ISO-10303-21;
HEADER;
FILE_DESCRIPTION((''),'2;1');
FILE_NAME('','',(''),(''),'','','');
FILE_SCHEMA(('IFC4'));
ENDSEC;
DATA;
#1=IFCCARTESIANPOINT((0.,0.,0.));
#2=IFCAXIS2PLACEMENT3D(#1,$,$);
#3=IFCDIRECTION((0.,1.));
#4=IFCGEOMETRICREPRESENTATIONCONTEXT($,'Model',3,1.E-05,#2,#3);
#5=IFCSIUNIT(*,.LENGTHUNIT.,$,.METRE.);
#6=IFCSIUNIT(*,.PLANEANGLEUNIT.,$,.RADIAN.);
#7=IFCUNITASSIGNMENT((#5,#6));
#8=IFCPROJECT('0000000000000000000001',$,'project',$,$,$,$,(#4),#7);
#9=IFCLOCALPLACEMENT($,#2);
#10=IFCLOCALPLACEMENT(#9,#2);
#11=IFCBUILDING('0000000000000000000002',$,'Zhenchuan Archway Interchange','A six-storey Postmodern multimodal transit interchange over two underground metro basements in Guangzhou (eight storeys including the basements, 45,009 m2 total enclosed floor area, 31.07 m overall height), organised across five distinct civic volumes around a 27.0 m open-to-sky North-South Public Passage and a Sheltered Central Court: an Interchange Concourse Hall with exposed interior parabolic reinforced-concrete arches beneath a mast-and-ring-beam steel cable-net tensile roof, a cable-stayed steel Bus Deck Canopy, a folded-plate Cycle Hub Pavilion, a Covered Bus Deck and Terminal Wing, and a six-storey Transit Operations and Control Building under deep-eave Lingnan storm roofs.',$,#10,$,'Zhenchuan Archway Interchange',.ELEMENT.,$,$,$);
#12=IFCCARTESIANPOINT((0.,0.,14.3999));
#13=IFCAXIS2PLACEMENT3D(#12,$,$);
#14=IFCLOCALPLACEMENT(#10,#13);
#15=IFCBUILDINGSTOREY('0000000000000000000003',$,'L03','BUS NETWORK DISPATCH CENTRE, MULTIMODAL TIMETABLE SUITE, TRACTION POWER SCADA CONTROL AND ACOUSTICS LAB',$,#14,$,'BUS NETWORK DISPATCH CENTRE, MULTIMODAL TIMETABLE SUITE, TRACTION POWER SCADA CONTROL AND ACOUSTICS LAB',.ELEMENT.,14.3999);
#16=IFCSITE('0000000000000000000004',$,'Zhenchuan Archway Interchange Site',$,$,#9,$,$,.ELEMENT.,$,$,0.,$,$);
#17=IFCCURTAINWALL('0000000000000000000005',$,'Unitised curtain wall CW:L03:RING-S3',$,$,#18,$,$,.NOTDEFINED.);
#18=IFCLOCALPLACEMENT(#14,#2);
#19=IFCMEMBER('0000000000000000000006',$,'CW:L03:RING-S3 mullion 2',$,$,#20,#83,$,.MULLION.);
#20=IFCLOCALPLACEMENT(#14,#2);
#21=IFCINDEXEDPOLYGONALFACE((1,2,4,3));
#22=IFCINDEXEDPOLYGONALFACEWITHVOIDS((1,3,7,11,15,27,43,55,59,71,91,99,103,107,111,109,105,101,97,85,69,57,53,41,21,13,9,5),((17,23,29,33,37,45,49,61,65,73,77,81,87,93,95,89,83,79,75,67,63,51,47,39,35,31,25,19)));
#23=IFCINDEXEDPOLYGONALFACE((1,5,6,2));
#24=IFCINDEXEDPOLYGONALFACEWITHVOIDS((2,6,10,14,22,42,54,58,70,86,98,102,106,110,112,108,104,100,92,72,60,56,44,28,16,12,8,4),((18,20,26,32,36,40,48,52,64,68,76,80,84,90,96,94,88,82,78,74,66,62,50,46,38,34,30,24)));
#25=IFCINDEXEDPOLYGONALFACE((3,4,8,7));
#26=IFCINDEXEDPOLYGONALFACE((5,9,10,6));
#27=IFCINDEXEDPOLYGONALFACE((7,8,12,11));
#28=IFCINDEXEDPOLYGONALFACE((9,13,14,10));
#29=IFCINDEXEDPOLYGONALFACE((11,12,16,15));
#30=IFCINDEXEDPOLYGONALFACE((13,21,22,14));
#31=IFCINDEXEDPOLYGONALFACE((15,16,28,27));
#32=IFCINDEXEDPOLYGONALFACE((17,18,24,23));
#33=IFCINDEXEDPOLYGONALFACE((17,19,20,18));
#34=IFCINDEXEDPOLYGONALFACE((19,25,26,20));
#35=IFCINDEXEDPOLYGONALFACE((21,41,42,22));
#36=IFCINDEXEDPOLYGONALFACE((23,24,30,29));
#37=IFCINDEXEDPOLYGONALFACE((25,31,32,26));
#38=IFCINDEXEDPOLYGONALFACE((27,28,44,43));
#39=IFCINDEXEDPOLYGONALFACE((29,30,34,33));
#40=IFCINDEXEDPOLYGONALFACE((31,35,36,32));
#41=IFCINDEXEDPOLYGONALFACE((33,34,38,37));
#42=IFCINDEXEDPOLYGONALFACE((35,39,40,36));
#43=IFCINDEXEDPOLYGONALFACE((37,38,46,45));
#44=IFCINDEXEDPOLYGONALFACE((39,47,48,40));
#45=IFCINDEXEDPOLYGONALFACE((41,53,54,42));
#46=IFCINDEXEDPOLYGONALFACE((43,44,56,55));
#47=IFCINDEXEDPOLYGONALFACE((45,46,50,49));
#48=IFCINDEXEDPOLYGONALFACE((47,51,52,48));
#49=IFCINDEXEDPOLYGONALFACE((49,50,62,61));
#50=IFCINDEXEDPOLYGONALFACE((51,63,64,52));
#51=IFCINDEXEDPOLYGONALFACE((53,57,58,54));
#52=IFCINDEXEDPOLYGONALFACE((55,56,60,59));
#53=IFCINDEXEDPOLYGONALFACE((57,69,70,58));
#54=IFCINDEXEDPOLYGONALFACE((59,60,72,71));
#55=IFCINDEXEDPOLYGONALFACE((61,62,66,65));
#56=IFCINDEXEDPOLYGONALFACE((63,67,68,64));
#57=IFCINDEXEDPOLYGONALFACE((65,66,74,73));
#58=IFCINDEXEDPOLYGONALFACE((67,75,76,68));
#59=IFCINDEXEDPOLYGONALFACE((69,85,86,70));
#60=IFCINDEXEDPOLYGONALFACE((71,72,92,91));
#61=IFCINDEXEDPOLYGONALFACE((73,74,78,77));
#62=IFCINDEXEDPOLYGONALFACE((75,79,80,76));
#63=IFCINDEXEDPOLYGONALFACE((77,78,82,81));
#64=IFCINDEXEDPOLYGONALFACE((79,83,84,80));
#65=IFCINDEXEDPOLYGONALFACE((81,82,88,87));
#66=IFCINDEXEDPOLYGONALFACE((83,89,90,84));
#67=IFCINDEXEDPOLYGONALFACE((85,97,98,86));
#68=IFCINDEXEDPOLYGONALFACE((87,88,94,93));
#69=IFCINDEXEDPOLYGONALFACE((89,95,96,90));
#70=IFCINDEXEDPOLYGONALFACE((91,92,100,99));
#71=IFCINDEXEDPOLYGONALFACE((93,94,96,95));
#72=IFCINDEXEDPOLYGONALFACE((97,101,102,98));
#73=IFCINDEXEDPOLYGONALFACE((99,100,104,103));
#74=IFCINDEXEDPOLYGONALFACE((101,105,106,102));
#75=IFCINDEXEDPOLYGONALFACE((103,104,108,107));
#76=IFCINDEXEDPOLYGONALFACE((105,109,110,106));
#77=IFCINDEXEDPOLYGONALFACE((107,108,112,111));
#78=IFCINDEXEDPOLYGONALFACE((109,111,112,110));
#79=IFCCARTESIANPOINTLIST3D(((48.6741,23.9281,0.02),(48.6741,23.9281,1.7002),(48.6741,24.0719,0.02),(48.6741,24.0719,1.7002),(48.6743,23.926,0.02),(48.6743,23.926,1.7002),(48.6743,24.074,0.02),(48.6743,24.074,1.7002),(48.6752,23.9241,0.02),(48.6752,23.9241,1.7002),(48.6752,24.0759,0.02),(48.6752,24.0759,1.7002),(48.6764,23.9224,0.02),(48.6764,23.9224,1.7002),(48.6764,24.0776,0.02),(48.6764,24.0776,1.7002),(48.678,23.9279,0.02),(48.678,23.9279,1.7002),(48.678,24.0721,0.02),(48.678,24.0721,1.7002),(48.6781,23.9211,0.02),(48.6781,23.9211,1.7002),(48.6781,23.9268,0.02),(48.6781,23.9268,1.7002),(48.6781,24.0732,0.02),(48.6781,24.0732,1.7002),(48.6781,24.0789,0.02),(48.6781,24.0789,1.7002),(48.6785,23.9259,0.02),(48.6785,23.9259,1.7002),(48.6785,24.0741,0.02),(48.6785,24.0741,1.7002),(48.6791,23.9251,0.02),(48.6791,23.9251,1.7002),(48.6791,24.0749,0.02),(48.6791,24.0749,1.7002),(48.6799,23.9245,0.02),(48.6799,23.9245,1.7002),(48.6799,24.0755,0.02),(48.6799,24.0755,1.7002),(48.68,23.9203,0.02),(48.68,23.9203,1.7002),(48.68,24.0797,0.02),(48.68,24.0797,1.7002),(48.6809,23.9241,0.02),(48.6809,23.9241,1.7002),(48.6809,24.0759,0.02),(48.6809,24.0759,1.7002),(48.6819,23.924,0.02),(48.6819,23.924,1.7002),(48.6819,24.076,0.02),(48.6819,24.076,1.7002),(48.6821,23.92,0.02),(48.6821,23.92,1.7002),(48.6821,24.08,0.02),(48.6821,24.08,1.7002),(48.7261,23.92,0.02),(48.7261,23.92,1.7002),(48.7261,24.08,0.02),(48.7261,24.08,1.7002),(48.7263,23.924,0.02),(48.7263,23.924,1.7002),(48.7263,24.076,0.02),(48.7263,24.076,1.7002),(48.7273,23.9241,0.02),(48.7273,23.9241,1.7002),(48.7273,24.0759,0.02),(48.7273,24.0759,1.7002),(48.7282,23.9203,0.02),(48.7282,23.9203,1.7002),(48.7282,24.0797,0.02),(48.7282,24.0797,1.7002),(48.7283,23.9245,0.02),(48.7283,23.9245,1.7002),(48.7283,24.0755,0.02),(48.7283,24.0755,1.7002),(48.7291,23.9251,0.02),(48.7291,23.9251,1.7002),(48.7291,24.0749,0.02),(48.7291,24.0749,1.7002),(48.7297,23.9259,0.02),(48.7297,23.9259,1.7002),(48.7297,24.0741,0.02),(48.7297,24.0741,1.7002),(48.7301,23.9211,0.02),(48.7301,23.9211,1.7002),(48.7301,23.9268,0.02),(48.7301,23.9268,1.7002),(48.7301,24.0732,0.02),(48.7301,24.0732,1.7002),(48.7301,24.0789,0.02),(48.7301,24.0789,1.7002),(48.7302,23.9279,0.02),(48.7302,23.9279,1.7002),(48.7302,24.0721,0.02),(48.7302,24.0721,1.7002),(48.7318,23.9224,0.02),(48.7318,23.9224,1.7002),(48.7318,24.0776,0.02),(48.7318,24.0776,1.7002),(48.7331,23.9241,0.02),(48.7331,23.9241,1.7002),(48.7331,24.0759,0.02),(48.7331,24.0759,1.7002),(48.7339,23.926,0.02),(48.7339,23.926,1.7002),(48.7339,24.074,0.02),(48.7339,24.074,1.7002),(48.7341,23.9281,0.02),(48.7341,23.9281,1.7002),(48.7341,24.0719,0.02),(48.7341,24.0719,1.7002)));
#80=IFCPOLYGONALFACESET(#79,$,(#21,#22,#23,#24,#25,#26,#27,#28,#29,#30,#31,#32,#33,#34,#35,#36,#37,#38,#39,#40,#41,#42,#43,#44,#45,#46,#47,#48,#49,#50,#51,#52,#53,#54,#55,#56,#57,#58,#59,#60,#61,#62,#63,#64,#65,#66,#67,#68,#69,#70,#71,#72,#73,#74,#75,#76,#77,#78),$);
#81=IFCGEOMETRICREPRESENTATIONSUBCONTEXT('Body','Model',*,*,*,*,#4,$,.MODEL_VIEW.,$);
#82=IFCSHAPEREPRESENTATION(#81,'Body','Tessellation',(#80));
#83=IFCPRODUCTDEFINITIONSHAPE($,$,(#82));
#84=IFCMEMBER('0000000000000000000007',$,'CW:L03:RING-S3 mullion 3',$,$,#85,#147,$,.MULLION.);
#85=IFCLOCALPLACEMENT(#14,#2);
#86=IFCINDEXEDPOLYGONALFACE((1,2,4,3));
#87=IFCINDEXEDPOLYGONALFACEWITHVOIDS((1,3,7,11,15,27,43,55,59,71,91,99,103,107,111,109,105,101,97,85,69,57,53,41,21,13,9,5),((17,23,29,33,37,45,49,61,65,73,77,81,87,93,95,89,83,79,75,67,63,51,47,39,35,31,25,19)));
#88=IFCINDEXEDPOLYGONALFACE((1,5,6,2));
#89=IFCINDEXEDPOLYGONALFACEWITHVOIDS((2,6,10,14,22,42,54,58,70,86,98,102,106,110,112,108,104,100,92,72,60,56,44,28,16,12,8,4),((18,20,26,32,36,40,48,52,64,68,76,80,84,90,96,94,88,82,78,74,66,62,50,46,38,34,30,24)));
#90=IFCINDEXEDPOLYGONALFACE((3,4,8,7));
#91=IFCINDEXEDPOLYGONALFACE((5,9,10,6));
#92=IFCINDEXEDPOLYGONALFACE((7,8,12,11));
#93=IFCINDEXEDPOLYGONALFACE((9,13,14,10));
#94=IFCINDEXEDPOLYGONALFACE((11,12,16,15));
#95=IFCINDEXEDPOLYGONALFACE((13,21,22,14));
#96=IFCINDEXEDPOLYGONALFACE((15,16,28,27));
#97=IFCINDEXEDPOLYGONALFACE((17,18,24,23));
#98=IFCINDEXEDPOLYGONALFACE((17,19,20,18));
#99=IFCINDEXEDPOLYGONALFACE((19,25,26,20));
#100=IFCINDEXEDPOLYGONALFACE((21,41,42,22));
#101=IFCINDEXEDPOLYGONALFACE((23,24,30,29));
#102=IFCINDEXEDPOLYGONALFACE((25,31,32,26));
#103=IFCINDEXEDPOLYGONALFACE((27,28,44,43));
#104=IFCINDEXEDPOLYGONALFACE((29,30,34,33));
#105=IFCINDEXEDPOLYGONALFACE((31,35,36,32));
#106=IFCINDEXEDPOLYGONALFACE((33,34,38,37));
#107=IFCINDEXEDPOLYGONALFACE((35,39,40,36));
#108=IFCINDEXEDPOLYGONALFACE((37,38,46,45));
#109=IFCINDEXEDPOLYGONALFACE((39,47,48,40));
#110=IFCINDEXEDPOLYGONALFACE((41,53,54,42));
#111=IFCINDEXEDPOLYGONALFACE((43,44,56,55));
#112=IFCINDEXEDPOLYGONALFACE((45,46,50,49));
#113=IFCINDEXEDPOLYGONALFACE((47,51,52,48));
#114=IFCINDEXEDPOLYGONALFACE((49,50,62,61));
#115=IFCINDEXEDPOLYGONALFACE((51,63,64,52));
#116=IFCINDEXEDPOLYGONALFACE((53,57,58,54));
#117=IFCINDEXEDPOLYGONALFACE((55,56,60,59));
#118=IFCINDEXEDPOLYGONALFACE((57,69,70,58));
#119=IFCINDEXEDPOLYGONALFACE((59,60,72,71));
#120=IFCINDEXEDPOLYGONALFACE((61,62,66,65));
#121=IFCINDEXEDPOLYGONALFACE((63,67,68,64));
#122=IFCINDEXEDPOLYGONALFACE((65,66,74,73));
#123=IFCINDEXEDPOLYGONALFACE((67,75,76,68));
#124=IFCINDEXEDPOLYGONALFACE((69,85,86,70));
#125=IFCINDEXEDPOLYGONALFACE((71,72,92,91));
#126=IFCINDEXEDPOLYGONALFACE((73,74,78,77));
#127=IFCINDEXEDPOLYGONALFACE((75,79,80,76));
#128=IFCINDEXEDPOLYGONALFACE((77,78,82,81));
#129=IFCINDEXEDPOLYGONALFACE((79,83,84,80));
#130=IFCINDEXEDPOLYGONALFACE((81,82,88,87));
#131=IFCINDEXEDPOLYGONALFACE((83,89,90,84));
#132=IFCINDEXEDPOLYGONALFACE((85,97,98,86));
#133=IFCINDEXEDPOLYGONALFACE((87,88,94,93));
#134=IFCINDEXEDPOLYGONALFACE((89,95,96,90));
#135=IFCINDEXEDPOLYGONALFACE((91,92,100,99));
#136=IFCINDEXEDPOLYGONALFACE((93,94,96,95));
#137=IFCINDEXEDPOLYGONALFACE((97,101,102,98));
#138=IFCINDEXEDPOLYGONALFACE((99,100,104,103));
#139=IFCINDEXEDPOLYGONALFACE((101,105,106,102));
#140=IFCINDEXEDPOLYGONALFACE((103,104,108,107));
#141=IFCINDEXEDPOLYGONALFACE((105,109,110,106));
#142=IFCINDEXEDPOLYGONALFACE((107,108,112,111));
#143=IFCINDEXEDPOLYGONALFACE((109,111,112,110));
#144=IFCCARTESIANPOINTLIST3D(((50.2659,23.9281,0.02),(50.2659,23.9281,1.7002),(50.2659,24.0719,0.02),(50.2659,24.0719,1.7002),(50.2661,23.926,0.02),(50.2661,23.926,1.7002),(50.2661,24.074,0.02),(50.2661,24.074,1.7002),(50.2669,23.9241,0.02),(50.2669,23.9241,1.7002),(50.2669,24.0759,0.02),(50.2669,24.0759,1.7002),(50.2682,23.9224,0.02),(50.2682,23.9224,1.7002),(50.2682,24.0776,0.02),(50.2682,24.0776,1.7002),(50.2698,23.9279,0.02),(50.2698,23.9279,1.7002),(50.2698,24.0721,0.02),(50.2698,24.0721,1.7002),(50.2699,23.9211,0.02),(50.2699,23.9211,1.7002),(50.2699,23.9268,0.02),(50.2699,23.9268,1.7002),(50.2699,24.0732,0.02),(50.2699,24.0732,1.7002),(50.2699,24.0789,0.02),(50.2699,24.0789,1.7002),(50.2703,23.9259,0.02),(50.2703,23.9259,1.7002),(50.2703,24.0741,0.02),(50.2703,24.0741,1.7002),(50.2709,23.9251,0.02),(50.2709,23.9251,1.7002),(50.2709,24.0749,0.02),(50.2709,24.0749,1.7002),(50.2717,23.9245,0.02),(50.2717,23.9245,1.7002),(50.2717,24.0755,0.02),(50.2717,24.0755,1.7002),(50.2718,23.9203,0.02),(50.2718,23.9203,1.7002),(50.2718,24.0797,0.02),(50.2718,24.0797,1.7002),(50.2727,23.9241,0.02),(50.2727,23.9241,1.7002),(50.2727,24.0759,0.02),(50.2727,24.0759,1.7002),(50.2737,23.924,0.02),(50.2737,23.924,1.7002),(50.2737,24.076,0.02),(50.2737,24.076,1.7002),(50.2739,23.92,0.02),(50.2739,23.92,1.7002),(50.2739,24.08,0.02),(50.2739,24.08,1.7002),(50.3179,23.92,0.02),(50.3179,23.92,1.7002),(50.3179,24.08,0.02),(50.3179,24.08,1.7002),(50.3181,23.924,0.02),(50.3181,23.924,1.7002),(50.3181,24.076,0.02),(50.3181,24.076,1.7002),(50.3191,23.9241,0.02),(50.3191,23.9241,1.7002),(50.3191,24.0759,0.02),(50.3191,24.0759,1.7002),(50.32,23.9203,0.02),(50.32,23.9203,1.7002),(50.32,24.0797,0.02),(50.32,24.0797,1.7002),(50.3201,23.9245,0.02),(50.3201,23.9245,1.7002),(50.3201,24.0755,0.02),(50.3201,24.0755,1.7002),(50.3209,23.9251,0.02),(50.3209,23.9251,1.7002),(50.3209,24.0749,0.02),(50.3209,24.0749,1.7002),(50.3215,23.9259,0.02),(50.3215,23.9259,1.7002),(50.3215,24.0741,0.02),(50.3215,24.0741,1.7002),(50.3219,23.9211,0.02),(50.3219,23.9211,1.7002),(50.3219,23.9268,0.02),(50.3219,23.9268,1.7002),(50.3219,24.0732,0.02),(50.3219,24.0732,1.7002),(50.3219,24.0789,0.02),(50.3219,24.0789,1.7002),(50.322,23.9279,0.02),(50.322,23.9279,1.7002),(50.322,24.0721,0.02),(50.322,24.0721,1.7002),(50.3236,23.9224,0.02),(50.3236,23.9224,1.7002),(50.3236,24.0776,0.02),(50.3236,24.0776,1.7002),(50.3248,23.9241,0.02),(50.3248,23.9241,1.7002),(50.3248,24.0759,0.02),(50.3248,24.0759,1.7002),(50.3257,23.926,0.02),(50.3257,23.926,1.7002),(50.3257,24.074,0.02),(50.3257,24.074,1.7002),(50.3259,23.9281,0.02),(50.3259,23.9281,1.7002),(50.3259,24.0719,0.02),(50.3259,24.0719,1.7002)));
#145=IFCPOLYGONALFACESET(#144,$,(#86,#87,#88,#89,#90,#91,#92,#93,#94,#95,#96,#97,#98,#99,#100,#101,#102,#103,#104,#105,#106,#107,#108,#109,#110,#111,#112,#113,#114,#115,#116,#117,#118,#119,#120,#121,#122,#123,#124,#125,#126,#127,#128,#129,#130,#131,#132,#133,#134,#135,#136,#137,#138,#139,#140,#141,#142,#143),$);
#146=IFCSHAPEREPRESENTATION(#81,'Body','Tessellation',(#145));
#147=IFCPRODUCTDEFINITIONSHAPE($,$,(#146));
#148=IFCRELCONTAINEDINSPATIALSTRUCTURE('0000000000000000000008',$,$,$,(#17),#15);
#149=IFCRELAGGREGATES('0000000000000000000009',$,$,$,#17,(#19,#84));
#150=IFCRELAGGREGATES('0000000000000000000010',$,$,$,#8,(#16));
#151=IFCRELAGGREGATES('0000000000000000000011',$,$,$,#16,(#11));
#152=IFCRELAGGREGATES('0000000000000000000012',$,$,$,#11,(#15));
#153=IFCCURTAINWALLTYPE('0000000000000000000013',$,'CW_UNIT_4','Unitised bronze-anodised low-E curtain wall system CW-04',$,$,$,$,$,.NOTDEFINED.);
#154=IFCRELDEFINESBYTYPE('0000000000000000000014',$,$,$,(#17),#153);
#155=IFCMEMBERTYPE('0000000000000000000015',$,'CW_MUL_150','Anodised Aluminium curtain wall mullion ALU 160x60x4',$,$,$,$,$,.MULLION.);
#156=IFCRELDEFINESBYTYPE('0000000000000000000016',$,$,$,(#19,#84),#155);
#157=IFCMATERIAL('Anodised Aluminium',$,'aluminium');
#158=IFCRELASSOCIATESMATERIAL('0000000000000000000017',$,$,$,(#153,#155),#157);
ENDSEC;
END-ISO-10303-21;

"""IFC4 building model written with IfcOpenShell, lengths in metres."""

from ifc_helpers import new_model, si_unit, direction, frame, origin, origin_2d, place, context, subcontext, project, spatial, hollow_rectangle, extrude, material, material_profile, profile_set, type_object, element, aggregate, save


model = new_model("IFC4")

# Units and contexts
model_context = context("Model", 3, precision=1e-05, world=origin(), true_north=direction((0.0, 1.0)))
body_context = subcontext(model_context, "Body", "Model", "MODEL_VIEW")
ifc_project = project(units=[si_unit("LENGTHUNIT", "METRE"), si_unit("PLANEANGLEUNIT", "RADIAN")], contexts=[model_context])

# Site, building, storey
site_placement = place(None, origin())
site = spatial("IfcSite", under=ifc_project, at=site_placement, Name="Zhenchuan Archway Interchange Site", CompositionType="ELEMENT", RefElevation=0.0)
building_placement = place(site_placement, origin())
building = spatial("IfcBuilding", under=site, at=building_placement, Name="Zhenchuan Archway Interchange", Description="A six-storey Postmodern multimodal transit interchange over two underground metro basements in Guangzhou (eight storeys including the basements, 45,009 m2 total enclosed floor area, 31.07 m overall height), organised across five distinct civic volumes around a 27.0 m open-to-sky North-South Public Passage and a Sheltered Central Court: an Interchange Concourse Hall with exposed interior parabolic reinforced-concrete arches beneath a mast-and-ring-beam steel cable-net tensile roof, a cable-stayed steel Bus Deck Canopy, a folded-plate Cycle Hub Pavilion, a Covered Bus Deck and Terminal Wing, and a six-storey Transit Operations and Control Building under deep-eave Lingnan storm roofs.", LongName="Zhenchuan Archway Interchange", CompositionType="ELEMENT")
storey_placement = place(building_placement, frame((0.0, 0.0, 14.3999)))
storey = spatial("IfcBuildingStorey", under=building, at=storey_placement, Name="L03", Description="BUS NETWORK DISPATCH CENTRE, MULTIMODAL TIMETABLE SUITE, TRACTION POWER SCADA CONTROL AND ACOUSTICS LAB", LongName="BUS NETWORK DISPATCH CENTRE, MULTIMODAL TIMETABLE SUITE, TRACTION POWER SCADA CONTROL AND ACOUSTICS LAB", CompositionType="ELEMENT", Elevation=14.3999)

# Curtain wall, members
ifc_material_1 = material(Name="Anodised Aluminium", Category="aluminium")
curtain_wall_type = type_object("IfcCurtainWallType", Name="CW_UNIT_4", Description="Unitised bronze-anodised low-E curtain wall system CW-04", PredefinedType="NOTDEFINED", material=ifc_material_1)
curtain_wall_1_placement = place(storey_placement, origin())
curtain_wall_1 = element("IfcCurtainWall", 1, at=curtain_wall_1_placement, inside=storey, type_object=curtain_wall_type, Name="Unitised curtain wall CW:L03:RING-S3", PredefinedType="NOTDEFINED")
ifc_material_profile_1 = material_profile(ifc_material_1, hollow_rectangle(XDim=0.0601, YDim=0.1599, WallThickness=0.0039, InnerFilletRadius=0.0039, OuterFilletRadius=0.0081, at=origin_2d()), Name="ALU 160x60x4")
ifc_profile_set_1 = profile_set([ifc_material_profile_1], Name="Anodised Aluminium")
member_type_1 = type_object("IfcMemberType", Name="CW_MUL_150", Description="Anodised Aluminium curtain wall mullion ALU 160x60x4", PredefinedType="MULLION", material=ifc_profile_set_1)
member_1_placement = place(storey_placement, frame((48.7041, 24.0, 0.02), z_axis=(0.0, 0.0, 1.0), x_axis=(1.0, 0.0, 0.0)))
member_1 = element("IfcMember", 2, at=member_1_placement, type_object=member_type_1, Name="CW:L03:RING-S3 mullion 2", PredefinedType="MULLION", context=body_context, shape_type="SweptSolid", body=[
    extrude(hollow_rectangle(XDim=0.0601, YDim=0.1599, WallThickness=0.0039, InnerFilletRadius=0.0039, OuterFilletRadius=0.0081, at=origin_2d()), origin(), (0.0, 0.0, 1.0), 1.6802),
])
member_2_placement = place(storey_placement, frame((50.2959, 24.0, 0.02), z_axis=(0.0, 0.0, 1.0), x_axis=(1.0, 0.0, 0.0)))
member_2 = element("IfcMember", 3, at=member_2_placement, type_object=member_type_1, Name="CW:L03:RING-S3 mullion 3", PredefinedType="MULLION", context=body_context, shape_type="SweptSolid", body=[
    extrude(hollow_rectangle(XDim=0.0601, YDim=0.1599, WallThickness=0.0039, InnerFilletRadius=0.0039, OuterFilletRadius=0.0081, at=origin_2d()), origin(), (0.0, 0.0, 1.0), 1.6802),
])

aggregate(curtain_wall_1, [member_1, member_2])

save(model, "model.ifc")
